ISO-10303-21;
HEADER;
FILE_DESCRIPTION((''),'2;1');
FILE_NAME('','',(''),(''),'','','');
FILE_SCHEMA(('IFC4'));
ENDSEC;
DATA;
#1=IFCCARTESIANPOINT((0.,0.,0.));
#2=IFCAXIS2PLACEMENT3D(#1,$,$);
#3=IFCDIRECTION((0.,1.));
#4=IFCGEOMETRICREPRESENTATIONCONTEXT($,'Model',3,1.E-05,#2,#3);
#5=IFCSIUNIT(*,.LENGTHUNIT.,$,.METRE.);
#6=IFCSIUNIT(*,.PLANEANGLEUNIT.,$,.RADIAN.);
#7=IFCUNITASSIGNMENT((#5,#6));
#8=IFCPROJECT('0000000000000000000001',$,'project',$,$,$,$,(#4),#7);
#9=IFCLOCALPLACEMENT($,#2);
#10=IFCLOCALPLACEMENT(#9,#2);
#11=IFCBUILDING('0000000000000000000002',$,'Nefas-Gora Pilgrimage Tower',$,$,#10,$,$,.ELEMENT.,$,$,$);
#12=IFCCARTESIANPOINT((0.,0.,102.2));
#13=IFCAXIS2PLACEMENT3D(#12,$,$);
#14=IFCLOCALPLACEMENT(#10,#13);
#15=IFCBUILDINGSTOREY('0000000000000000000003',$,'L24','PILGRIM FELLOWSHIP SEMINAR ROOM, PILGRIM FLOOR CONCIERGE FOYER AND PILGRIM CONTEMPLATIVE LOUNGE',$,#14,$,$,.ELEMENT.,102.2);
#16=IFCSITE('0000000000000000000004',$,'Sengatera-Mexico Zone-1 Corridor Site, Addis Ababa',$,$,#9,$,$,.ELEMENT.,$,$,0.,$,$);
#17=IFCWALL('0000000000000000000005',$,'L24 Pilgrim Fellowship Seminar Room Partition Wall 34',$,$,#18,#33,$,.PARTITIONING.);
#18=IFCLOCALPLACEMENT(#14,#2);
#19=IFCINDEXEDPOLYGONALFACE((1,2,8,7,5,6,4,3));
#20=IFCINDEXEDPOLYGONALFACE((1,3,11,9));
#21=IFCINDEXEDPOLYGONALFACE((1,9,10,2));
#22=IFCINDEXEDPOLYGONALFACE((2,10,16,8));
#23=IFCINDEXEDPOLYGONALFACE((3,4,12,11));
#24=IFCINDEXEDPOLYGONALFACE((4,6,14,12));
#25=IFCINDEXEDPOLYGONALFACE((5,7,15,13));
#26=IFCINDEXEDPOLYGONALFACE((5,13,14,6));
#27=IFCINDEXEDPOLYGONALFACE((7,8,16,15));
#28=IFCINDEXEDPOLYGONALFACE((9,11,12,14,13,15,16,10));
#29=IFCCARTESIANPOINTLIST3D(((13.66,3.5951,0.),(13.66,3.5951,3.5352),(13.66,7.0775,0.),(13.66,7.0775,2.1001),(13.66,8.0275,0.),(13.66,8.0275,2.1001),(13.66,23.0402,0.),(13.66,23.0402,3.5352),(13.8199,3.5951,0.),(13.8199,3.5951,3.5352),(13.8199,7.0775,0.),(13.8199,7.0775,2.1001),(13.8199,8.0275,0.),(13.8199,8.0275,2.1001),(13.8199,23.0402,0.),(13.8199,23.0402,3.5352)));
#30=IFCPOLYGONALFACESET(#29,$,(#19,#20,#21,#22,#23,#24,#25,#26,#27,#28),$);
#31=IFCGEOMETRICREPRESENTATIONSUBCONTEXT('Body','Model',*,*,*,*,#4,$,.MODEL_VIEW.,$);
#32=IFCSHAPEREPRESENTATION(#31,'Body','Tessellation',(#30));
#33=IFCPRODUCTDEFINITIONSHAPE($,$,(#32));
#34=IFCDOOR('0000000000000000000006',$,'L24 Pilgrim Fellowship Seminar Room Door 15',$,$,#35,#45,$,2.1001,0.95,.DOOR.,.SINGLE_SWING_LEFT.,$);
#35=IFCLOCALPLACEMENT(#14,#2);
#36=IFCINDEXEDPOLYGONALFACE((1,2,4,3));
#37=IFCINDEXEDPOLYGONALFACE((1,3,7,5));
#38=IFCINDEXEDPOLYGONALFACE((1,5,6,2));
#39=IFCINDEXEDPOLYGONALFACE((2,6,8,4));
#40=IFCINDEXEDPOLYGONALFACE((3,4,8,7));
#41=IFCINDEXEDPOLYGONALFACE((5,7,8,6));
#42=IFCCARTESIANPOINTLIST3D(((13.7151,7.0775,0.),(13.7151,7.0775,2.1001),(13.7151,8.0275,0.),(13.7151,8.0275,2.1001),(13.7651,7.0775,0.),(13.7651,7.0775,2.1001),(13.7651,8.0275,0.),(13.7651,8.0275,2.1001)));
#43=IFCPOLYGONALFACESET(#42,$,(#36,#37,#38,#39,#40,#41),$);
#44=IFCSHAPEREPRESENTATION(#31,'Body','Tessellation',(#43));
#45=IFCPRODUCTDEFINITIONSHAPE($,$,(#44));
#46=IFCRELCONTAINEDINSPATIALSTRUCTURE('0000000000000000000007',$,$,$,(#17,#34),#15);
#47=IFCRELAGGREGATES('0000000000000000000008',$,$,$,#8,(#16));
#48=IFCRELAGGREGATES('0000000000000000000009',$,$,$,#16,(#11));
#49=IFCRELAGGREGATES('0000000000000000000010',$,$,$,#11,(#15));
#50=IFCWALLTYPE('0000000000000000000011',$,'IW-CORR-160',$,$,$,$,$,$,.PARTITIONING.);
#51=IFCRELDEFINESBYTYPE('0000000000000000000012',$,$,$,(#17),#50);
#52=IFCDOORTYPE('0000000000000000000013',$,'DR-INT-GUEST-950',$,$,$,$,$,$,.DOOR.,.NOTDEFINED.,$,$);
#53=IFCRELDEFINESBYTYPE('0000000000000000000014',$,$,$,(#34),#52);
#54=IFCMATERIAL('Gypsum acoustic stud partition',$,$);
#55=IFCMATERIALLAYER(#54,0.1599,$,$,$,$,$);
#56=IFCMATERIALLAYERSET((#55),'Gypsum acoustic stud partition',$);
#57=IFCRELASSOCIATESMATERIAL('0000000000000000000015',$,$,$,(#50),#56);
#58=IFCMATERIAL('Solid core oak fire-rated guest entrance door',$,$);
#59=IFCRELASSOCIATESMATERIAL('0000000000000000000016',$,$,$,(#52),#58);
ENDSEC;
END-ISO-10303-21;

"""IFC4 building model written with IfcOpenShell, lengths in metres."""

from ifc_helpers import new_model, si_unit, direction, frame, frame_2d, origin, place, context, subcontext, project, spatial, rectangle, extrude, source, transform, mapped, material, layer, layer_set, type_object, element, fill, save


model = new_model("IFC4")

# Units and contexts
model_context = context("Model", 3, precision=1e-05, world=origin(), true_north=direction((0.0, 1.0)))
body_context = subcontext(model_context, "Body", "Model", "MODEL_VIEW")
ifc_project = project(units=[si_unit("LENGTHUNIT", "METRE"), si_unit("PLANEANGLEUNIT", "RADIAN")], contexts=[model_context])

# Site, building, storey
site_placement = place(None, origin())
site = spatial("IfcSite", under=ifc_project, at=site_placement, Name="Sengatera-Mexico Zone-1 Corridor Site, Addis Ababa", CompositionType="ELEMENT", RefElevation=0.0)
building_placement = place(site_placement, origin())
building = spatial("IfcBuilding", under=site, at=building_placement, Name="Nefas-Gora Pilgrimage Tower", CompositionType="ELEMENT")
storey_placement = place(building_placement, frame((0.0, 0.0, 102.2)))
storey = spatial("IfcBuildingStorey", under=building, at=storey_placement, Name="L24", Description="PILGRIM FELLOWSHIP SEMINAR ROOM, PILGRIM FLOOR CONCIERGE FOYER AND PILGRIM CONTEMPLATIVE LOUNGE", CompositionType="ELEMENT", Elevation=102.2)

# Wall, opening, door
ifc_material_1 = material(Name="Gypsum acoustic stud partition")
ifc_layer_1 = layer(ifc_material_1, 0.1599)
ifc_layer_set_1 = layer_set([ifc_layer_1], Name="Gypsum acoustic stud partition")
wall_type_1 = type_object("IfcWallType", Name="IW-CORR-160", PredefinedType="PARTITIONING", material=ifc_layer_set_1)
shared_shape_1 = source(origin(), body_context, "Body", "SweptSolid", [
    extrude(rectangle(XDim=19.4451, YDim=0.1599, at=frame_2d((9.7227, 0.0))), origin(), (0.0, 0.0, 1.0), 3.5352),
])
wall_1_placement = place(storey_placement, frame((13.74, 3.595, 0.0), z_axis=(0.0, 0.0, 1.0), x_axis=(0.0, 1.0, 0.0)))
wall_1 = element("IfcWall", 1, at=wall_1_placement, inside=storey, type_object=wall_type_1, Name="L24 Pilgrim Fellowship Seminar Room Partition Wall 34", PredefinedType="PARTITIONING", context=body_context, shape_type="MappedRepresentation", body=[
    mapped(shared_shape_1, transform((0.0, 0.0, 0.0), x_axis=(1.0, 0.0, 0.0), y_axis=(0.0, 1.0, 0.0), z_axis=(0.0, 0.0, 1.0), scale=1.0)),
])
opening_1_placement = place(wall_1_placement, frame((3.4824, 0.0, 0.0)))
opening_1 = element("IfcOpeningElement", 2, at=opening_1_placement, cuts=wall_1, PredefinedType="OPENING", context=body_context, shape_type="SweptSolid", body=[
    extrude(rectangle(XDim=0.95, YDim=2.1001, at=frame_2d((0.4751, 1.05))), frame((0.0, 0.0898, 0.0), z_axis=(0.0, -1.0, 0.0), x_axis=(1.0, 0.0, 0.0)), (0.0, 0.0, 1.0), 0.1799),
])
ifc_material_2 = material(Name="Solid core oak fire-rated guest entrance door")
door_type_1 = type_object("IfcDoorType", Name="DR-INT-GUEST-950", OperationType="NOTDEFINED", PredefinedType="DOOR", material=ifc_material_2)
shared_shape_2 = source(origin(), body_context, "Body", "SweptSolid", [
    extrude(rectangle(XDim=0.95, YDim=2.1001, at=frame_2d((0.4751, 1.05))), frame((0.0, 0.0249, 0.0), z_axis=(0.0, -1.0, 0.0), x_axis=(1.0, 0.0, 0.0)), (0.0, 0.0, 1.0), 0.05),
])
door_1_placement = place(opening_1_placement, origin())
door_1 = element("IfcDoor", 3, at=door_1_placement, inside=storey, type_object=door_type_1, Name="L24 Pilgrim Fellowship Seminar Room Door 15", OperationType="SINGLE_SWING_LEFT", OverallHeight=2.1001, OverallWidth=0.95, PredefinedType="DOOR", context=body_context, shape_type="MappedRepresentation", body=[
    mapped(shared_shape_2, transform((0.0, 0.0, 0.0), x_axis=(1.0, 0.0, 0.0), y_axis=(0.0, 1.0, 0.0), z_axis=(0.0, 0.0, 1.0), scale=1.0)),
])
fill(opening_1, door_1)

save(model, "model.ifc")
